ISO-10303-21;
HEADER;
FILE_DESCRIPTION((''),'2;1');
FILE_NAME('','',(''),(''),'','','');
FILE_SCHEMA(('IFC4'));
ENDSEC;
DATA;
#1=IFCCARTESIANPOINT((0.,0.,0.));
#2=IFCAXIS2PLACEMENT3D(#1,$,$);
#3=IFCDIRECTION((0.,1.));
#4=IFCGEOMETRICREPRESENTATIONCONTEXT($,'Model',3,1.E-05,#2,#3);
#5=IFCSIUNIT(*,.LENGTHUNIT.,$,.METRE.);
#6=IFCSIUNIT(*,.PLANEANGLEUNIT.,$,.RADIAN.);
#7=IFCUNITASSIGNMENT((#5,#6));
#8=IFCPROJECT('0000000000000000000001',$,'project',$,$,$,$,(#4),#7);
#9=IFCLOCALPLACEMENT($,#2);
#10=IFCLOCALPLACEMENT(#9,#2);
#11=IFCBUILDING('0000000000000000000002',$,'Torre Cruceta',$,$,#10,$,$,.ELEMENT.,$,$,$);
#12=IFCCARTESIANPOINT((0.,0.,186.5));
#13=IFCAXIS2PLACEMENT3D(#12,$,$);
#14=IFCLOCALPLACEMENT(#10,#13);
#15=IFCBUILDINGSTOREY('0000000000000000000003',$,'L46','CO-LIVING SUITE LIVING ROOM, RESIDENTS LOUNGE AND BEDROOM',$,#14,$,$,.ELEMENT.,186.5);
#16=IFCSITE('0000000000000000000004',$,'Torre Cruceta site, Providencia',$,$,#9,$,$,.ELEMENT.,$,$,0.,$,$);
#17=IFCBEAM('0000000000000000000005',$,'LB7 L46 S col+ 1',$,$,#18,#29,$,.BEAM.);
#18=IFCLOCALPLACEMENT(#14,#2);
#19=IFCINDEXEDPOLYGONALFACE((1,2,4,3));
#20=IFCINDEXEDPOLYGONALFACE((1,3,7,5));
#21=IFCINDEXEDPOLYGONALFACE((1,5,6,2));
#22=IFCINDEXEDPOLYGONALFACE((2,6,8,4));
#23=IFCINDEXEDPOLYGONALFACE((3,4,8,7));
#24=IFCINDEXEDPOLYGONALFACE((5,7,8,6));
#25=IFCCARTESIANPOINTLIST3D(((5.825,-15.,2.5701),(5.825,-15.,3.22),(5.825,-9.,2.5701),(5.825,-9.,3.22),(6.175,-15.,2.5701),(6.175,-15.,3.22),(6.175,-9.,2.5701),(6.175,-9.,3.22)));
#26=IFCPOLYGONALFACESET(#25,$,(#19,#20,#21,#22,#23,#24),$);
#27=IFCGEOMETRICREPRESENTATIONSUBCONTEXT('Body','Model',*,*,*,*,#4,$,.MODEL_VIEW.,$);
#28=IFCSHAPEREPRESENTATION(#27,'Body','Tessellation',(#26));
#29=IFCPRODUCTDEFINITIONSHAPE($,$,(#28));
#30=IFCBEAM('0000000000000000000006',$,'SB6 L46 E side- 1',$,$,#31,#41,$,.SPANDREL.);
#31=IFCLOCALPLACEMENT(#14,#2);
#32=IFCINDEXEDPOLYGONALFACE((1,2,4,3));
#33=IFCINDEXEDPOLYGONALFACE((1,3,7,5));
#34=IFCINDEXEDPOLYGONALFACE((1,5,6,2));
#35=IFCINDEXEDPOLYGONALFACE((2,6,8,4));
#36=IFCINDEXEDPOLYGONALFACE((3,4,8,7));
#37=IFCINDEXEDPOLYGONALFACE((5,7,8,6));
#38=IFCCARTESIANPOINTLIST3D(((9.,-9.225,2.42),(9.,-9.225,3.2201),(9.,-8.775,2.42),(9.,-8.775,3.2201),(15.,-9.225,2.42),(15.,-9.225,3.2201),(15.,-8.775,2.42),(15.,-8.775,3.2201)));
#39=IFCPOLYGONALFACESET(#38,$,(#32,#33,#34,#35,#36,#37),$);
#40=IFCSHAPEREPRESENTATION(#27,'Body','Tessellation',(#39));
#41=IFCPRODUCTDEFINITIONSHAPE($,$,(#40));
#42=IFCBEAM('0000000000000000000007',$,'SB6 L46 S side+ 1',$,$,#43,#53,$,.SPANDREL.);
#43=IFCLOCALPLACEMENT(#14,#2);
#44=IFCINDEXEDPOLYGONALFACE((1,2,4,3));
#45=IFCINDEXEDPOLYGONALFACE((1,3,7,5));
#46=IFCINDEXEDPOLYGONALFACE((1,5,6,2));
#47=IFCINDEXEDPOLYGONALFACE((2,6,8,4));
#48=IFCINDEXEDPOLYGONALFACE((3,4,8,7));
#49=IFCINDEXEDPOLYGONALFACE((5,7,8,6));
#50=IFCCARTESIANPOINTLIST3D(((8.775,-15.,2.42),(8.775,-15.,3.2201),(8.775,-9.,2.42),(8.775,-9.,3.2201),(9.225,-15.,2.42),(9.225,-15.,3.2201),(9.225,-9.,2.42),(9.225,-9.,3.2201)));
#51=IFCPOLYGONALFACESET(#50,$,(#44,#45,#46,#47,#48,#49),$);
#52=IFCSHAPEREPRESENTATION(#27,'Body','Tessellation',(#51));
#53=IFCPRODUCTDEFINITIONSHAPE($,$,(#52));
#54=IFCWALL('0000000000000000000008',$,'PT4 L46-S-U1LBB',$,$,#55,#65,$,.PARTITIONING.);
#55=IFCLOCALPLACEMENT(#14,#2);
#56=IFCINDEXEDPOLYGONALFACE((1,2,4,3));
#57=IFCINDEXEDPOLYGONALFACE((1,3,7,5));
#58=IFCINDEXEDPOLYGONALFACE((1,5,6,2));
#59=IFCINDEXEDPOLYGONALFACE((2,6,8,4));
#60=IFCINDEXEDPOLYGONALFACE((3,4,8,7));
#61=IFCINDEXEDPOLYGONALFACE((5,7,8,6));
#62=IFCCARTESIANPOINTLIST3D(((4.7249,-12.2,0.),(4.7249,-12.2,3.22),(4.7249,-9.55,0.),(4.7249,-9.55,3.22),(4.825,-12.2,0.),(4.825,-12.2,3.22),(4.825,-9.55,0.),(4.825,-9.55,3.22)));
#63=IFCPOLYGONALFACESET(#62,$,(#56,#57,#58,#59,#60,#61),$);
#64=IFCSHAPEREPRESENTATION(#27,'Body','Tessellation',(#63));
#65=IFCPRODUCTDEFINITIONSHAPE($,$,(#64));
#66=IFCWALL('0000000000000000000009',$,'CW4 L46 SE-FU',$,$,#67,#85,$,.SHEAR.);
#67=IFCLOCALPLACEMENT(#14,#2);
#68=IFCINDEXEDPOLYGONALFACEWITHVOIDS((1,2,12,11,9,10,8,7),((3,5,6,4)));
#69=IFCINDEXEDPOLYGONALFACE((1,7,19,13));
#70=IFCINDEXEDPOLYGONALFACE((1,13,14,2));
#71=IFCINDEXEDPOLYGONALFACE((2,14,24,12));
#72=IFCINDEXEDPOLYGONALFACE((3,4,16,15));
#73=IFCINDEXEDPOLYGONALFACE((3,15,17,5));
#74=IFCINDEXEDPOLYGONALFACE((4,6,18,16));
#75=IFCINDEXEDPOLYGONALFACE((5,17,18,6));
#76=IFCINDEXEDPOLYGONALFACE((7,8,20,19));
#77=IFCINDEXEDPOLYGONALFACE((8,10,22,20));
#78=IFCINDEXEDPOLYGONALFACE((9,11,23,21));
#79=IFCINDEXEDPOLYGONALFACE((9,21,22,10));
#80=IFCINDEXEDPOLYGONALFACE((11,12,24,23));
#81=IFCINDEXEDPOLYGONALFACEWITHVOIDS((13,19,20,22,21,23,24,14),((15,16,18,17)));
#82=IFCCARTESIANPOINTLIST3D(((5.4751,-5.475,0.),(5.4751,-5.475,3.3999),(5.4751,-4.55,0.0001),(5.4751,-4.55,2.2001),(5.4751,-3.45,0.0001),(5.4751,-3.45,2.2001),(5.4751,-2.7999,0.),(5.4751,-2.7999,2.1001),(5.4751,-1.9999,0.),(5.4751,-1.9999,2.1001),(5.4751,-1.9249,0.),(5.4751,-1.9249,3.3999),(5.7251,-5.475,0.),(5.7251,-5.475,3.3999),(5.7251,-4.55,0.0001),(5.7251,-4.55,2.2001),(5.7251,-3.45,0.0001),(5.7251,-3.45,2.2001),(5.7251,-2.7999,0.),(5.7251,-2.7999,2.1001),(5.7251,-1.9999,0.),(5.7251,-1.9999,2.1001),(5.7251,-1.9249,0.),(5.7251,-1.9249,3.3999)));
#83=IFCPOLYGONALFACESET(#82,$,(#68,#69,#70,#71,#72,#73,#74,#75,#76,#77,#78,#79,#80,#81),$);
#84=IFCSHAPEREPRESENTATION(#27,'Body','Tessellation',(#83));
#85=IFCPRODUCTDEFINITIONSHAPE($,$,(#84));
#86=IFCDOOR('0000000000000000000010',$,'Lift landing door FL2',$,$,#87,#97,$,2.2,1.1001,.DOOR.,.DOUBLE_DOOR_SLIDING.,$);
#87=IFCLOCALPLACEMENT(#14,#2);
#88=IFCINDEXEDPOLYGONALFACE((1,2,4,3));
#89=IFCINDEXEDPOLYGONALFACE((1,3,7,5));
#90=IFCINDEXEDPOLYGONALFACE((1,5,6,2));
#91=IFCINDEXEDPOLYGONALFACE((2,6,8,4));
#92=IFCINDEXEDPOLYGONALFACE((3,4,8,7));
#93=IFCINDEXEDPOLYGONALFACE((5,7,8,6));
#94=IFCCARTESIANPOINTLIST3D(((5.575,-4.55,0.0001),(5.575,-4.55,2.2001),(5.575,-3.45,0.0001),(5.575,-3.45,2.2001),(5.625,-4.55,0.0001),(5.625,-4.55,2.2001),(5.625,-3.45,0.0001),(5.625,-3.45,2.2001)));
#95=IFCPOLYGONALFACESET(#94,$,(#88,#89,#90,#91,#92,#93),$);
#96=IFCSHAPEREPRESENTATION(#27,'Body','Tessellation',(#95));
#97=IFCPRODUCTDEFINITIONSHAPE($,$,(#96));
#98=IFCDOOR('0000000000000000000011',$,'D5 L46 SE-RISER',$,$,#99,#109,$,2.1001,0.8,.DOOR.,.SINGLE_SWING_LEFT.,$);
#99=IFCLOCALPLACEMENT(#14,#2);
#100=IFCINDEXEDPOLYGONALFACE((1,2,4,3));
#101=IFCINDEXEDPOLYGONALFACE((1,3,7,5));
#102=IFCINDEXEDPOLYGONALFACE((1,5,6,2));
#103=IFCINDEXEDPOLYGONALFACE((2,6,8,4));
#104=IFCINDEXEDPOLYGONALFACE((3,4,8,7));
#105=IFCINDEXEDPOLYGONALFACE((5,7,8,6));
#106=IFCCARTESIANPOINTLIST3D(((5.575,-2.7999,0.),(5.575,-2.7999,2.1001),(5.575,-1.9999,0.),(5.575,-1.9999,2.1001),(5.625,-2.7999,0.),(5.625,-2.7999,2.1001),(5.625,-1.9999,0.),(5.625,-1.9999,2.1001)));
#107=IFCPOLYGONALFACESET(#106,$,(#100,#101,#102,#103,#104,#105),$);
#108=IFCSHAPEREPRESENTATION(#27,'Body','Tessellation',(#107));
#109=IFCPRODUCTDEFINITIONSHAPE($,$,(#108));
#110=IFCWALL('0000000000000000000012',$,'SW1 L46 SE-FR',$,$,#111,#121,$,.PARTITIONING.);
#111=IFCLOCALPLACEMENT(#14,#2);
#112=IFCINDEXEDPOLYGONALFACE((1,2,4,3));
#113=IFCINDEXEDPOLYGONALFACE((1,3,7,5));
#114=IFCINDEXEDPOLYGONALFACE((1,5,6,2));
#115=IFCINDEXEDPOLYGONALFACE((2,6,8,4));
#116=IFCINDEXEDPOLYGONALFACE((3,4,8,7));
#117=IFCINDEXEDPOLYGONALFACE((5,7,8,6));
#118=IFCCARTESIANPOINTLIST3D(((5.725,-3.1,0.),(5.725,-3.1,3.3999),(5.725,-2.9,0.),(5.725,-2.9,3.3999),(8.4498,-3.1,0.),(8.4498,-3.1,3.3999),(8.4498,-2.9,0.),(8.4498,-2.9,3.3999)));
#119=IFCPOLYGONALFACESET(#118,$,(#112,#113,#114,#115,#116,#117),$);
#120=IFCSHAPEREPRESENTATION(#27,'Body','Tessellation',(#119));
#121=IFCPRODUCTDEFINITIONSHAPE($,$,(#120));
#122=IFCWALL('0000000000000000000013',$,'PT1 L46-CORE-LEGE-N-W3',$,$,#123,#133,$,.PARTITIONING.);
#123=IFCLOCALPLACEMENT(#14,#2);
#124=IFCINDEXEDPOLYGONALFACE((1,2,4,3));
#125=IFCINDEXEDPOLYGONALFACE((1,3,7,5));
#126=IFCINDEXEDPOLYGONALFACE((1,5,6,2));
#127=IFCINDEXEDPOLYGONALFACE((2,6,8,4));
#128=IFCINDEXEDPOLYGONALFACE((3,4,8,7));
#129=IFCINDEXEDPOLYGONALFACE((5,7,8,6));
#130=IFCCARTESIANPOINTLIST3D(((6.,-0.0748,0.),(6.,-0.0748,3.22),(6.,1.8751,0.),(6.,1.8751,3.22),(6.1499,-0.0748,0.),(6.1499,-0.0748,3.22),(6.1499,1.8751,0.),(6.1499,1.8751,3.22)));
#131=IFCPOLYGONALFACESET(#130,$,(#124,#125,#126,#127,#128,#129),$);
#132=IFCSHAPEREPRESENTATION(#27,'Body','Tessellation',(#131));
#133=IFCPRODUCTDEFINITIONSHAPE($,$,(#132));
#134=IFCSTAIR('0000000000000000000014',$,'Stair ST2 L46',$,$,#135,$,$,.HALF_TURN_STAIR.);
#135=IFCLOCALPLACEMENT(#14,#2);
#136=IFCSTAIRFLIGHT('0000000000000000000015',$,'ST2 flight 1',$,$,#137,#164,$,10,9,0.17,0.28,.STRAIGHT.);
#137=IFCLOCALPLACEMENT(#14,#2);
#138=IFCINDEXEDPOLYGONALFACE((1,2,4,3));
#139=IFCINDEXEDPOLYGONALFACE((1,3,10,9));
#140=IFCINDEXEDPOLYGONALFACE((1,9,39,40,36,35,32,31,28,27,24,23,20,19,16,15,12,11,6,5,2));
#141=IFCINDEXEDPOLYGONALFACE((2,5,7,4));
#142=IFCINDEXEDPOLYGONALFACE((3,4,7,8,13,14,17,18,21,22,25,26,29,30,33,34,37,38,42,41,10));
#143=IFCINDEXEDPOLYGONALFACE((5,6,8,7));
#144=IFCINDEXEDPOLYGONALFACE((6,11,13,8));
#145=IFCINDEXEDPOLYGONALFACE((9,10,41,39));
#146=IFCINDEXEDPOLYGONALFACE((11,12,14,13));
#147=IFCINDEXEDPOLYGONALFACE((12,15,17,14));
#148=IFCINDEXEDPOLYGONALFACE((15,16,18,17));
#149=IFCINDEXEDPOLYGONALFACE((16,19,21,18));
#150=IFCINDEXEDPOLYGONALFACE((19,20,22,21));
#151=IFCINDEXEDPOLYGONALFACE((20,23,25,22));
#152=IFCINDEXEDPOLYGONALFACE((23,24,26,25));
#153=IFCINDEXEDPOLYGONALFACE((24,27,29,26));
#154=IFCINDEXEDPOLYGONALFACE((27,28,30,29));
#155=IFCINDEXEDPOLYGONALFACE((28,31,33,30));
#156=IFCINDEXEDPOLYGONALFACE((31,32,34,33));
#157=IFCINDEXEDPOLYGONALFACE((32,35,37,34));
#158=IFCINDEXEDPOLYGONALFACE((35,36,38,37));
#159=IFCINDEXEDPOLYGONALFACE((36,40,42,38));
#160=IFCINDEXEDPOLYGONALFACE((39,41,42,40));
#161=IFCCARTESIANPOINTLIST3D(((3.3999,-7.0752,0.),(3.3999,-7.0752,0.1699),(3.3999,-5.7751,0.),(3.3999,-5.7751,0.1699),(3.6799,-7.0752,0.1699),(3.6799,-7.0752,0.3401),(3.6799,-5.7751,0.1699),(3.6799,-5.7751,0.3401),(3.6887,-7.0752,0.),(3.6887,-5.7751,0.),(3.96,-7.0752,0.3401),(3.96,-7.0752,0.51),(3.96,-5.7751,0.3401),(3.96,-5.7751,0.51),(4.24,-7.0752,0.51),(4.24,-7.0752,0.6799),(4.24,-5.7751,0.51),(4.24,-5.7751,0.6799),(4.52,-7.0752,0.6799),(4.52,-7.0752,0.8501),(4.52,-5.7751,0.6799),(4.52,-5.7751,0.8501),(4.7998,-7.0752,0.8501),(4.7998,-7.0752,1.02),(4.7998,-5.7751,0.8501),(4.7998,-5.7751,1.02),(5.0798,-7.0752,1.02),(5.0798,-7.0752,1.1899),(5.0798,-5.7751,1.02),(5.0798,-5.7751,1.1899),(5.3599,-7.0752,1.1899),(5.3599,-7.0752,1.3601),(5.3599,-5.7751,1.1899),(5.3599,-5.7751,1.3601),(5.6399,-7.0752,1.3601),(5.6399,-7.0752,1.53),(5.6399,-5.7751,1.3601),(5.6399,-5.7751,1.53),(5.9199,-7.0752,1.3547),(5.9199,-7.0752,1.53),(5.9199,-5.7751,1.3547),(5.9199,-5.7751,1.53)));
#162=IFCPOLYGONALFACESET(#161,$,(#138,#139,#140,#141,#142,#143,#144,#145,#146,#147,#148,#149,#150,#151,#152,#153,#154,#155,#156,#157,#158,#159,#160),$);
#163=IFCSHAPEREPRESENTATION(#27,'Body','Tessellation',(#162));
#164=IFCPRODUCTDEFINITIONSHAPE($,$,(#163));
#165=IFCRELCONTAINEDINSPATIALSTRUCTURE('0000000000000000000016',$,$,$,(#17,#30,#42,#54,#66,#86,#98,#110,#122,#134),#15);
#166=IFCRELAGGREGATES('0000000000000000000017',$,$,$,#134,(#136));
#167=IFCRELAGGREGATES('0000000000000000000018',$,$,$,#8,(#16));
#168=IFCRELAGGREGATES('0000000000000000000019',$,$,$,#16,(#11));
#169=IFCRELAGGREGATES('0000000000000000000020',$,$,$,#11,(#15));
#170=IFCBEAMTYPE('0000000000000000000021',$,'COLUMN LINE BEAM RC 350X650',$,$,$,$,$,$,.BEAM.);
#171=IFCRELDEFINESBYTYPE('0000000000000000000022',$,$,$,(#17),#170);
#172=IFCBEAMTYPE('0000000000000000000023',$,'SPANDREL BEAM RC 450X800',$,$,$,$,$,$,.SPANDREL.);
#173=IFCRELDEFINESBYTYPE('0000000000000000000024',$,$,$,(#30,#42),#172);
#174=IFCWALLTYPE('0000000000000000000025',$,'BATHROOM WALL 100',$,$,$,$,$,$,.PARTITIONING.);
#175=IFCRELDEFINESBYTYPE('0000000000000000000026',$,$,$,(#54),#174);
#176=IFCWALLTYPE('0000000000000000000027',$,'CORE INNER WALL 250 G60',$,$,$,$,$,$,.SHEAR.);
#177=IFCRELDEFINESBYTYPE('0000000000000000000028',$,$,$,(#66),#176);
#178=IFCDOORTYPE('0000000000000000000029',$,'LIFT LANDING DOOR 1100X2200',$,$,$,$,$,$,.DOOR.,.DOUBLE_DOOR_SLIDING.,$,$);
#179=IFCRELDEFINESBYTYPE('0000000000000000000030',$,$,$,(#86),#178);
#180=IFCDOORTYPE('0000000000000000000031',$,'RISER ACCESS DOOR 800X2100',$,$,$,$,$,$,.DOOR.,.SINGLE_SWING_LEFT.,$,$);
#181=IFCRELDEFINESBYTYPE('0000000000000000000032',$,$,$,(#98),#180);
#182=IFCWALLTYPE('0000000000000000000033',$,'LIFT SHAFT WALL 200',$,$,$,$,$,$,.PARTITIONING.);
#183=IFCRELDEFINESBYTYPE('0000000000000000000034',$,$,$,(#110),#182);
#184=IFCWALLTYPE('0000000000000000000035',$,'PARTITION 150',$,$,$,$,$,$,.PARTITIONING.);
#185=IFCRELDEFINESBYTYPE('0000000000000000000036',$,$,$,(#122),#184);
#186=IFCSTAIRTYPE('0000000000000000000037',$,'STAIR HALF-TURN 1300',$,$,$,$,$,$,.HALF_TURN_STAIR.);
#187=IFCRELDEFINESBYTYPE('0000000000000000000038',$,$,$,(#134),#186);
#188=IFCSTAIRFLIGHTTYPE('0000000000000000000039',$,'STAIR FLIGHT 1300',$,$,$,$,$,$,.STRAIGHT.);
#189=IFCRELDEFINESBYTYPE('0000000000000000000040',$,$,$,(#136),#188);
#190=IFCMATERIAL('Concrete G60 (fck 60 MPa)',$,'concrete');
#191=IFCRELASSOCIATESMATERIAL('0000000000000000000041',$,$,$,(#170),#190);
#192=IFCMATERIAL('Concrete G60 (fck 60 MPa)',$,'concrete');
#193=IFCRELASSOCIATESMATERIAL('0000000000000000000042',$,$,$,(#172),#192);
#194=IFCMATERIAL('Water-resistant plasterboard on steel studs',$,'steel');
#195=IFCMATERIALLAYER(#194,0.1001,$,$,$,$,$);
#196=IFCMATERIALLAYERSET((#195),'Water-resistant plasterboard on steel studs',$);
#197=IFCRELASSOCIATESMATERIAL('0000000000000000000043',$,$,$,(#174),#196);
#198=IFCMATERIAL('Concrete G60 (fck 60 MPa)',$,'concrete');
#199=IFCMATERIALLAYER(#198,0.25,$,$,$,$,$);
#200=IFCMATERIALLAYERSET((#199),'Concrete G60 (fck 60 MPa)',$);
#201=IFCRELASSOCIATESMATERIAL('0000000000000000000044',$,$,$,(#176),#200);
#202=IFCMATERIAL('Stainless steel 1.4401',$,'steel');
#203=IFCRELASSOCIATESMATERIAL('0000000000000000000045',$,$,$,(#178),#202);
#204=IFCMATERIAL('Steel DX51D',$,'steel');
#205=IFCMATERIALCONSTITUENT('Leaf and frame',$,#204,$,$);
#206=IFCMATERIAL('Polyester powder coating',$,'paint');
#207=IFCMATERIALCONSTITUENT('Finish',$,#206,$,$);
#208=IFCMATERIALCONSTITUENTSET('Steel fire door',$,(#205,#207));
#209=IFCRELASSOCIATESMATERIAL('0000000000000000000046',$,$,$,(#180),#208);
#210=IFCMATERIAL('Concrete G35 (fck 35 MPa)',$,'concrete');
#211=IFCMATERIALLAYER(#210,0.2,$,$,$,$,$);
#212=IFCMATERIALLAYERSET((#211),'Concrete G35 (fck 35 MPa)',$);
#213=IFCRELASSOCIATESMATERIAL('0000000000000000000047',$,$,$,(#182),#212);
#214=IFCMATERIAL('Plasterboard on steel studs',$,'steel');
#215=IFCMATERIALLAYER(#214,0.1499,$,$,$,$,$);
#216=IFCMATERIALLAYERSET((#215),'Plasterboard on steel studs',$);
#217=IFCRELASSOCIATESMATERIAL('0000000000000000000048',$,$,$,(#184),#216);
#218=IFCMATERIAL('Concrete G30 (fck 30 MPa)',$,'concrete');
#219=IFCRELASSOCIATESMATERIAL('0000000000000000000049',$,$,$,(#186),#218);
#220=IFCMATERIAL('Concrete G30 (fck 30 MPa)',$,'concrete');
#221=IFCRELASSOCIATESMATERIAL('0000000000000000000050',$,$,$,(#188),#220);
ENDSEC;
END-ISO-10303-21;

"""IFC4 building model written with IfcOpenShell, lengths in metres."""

from ifc_helpers import new_model, si_unit, direction, frame, frame_2d, origin, origin_2d, place, context, subcontext, project, spatial, polyline, rectangle, outline, extrude, material, layer, layer_set, constituent, constituent_set, material_profile, profile_set, type_object, element, fill, aggregate, save


model = new_model("IFC4")

# Units and contexts
model_context = context("Model", 3, precision=1e-05, world=origin(), true_north=direction((0.0, 1.0)))
body_context = subcontext(model_context, "Body", "Model", "MODEL_VIEW")
ifc_project = project(units=[si_unit("LENGTHUNIT", "METRE"), si_unit("PLANEANGLEUNIT", "RADIAN")], contexts=[model_context])

# Site, building, storey
site_placement = place(None, origin())
site = spatial("IfcSite", under=ifc_project, at=site_placement, Name="Torre Cruceta site, Providencia", CompositionType="ELEMENT", RefElevation=0.0)
building_placement = place(site_placement, origin())
building = spatial("IfcBuilding", under=site, at=building_placement, Name="Torre Cruceta", CompositionType="ELEMENT")
storey_placement = place(building_placement, frame((0.0, 0.0, 186.5)))
storey = spatial("IfcBuildingStorey", under=building, at=storey_placement, Name="L46", Description="CO-LIVING SUITE LIVING ROOM, RESIDENTS LOUNGE AND BEDROOM", CompositionType="ELEMENT", Elevation=186.5)

# Beams
ifc_material_1 = material(Name="Concrete G60 (fck 60 MPa)", Category="concrete")
ifc_material_profile_1 = material_profile(ifc_material_1, rectangle(XDim=0.3501, YDim=0.6499, at=origin_2d()), Name="RC 350X650")
ifc_profile_set_1 = profile_set([ifc_material_profile_1], Name="Concrete G60 (fck 60 MPa)")
beam_type_1 = type_object("IfcBeamType", Name="COLUMN LINE BEAM RC 350X650", PredefinedType="BEAM", material=ifc_profile_set_1)
beam_placement = place(storey_placement, frame((6.0, -9.0, 2.895), z_axis=(0.0, -1.0, 0.0), x_axis=(1.0, 0.0, 0.0)))
element("IfcBeam", 1, at=beam_placement, inside=storey, type_object=beam_type_1, Name="LB7 L46 S col+ 1", PredefinedType="BEAM", context=body_context, shape_type="SweptSolid", body=[
    extrude(rectangle(XDim=0.3501, YDim=0.6499, at=origin_2d()), origin(), (0.0, 0.0, 1.0), 6.0),
])
ifc_material_2 = material(Name="Concrete G60 (fck 60 MPa)", Category="concrete")
ifc_material_profile_2 = material_profile(ifc_material_2, rectangle(XDim=0.45, YDim=0.8, at=origin_2d()), Name="RC 450X800")
ifc_profile_set_2 = profile_set([ifc_material_profile_2], Name="Concrete G60 (fck 60 MPa)")
beam_type_2 = type_object("IfcBeamType", Name="SPANDREL BEAM RC 450X800", PredefinedType="SPANDREL", material=ifc_profile_set_2)
for number, where, z_axis, x_axis, name in (
    (2, (9.0, -9.0, 2.8201), (1.0, 0.0, 0.0), (0.0, 1.0, 0.0), "SB6 L46 E side- 1"),
    (3, (9.0, -9.0, 2.8201), (0.0, -1.0, 0.0), (1.0, 0.0, 0.0), "SB6 L46 S side+ 1"),
):
    element("IfcBeam", number, at=place(storey_placement, frame(where, z_axis=z_axis, x_axis=x_axis)), inside=storey, type_object=beam_type_2, Name=name, PredefinedType="SPANDREL", context=body_context, shape_type="SweptSolid", body=[
        extrude(rectangle(XDim=0.45, YDim=0.8, at=origin_2d()), origin(), (0.0, 0.0, 1.0), 6.0),
    ])

# Wall
ifc_material_3 = material(Name="Water-resistant plasterboard on steel studs", Category="steel")
ifc_layer_1 = layer(ifc_material_3, 0.1001)
ifc_layer_set_1 = layer_set([ifc_layer_1], Name="Water-resistant plasterboard on steel studs")
wall_type_1 = type_object("IfcWallType", Name="BATHROOM WALL 100", PredefinedType="PARTITIONING", material=ifc_layer_set_1)
wall_1_placement = place(storey_placement, frame((4.7749, -9.55, 0.0), z_axis=(0.0, 0.0, 1.0), x_axis=(0.0, -1.0, 0.0)))
element("IfcWall", 4, at=wall_1_placement, inside=storey, type_object=wall_type_1, Name="PT4 L46-S-U1LBB", PredefinedType="PARTITIONING", context=body_context, shape_type="SweptSolid", body=[
    extrude(rectangle(XDim=2.6499, YDim=0.1001, at=frame_2d((1.325, 0.0))), origin(), (0.0, 0.0, 1.0), 3.22),
])

# Wall, openings, doors
ifc_material_4 = material(Name="Concrete G60 (fck 60 MPa)", Category="concrete")
ifc_layer_2 = layer(ifc_material_4, 0.25)
ifc_layer_set_2 = layer_set([ifc_layer_2], Name="Concrete G60 (fck 60 MPa)")
wall_type_2 = type_object("IfcWallType", Name="CORE INNER WALL 250 G60", PredefinedType="SHEAR", material=ifc_layer_set_2)
wall_2_placement = place(storey_placement, frame((5.6001, -1.925, 0.0), z_axis=(0.0, 0.0, 1.0), x_axis=(0.0, -1.0, 0.0)))
wall_2 = element("IfcWall", 5, at=wall_2_placement, inside=storey, type_object=wall_type_2, Name="CW4 L46 SE-FU", PredefinedType="SHEAR", context=body_context, shape_type="SweptSolid", body=[
    extrude(rectangle(XDim=3.55, YDim=0.25, at=frame_2d((1.7749, 0.0))), origin(), (0.0, 0.0, 1.0), 3.3999),
])
opening_1_placement = place(wall_2_placement, frame((1.5249, 0.0, 0.0)))
opening_1 = element("IfcOpeningElement", 6, at=opening_1_placement, cuts=wall_2, PredefinedType="OPENING", context=body_context, shape_type="SweptSolid", body=[
    extrude(rectangle(XDim=1.1001, YDim=2.2, at=frame_2d((0.55, 1.1001))), frame((0.0, 0.135, 0.0), z_axis=(0.0, -1.0, 0.0), x_axis=(1.0, 0.0, 0.0)), (0.0, 0.0, 1.0), 0.27),
])
opening_2_placement = place(wall_2_placement, frame((0.075, 0.0, 0.0)))
opening_2 = element("IfcOpeningElement", 7, at=opening_2_placement, cuts=wall_2, PredefinedType="OPENING", context=body_context, shape_type="SweptSolid", body=[
    extrude(rectangle(XDim=0.8, YDim=2.1001, at=frame_2d((0.3999, 1.05))), frame((0.0, 0.135, 0.0), z_axis=(0.0, -1.0, 0.0), x_axis=(1.0, 0.0, 0.0)), (0.0, 0.0, 1.0), 0.27),
])
ifc_material_5 = material(Name="Stainless steel 1.4401", Category="steel")
door_type_1 = type_object("IfcDoorType", Name="LIFT LANDING DOOR 1100X2200", OperationType="DOUBLE_DOOR_SLIDING", PredefinedType="DOOR", material=ifc_material_5)
door_1_placement = place(opening_1_placement, origin())
door_1 = element("IfcDoor", 8, at=door_1_placement, inside=storey, type_object=door_type_1, Name="Lift landing door FL2", OperationType="DOUBLE_DOOR_SLIDING", OverallHeight=2.2, OverallWidth=1.1001, PredefinedType="DOOR", context=body_context, shape_type="SweptSolid", body=[
    extrude(rectangle(XDim=1.1001, YDim=2.2, at=frame_2d((0.55, 1.1001))), frame((0.0, 0.0249, 0.0), z_axis=(0.0, -1.0, 0.0), x_axis=(1.0, 0.0, 0.0)), (0.0, 0.0, 1.0), 0.05),
])
fill(opening_1, door_1)
ifc_material_6 = material(Name="Steel DX51D", Category="steel")
ifc_constituent_1 = constituent(ifc_material_6, Name="Leaf and frame")
ifc_material_7 = material(Name="Polyester powder coating", Category="paint")
ifc_constituent_2 = constituent(ifc_material_7, Name="Finish")
ifc_constituent_set_1 = constituent_set(constituents=[ifc_constituent_1, ifc_constituent_2], Name="Steel fire door")
door_type_2 = type_object("IfcDoorType", Name="RISER ACCESS DOOR 800X2100", OperationType="SINGLE_SWING_LEFT", PredefinedType="DOOR", material=ifc_constituent_set_1)
door_2_placement = place(opening_2_placement, origin())
door_2 = element("IfcDoor", 9, at=door_2_placement, inside=storey, type_object=door_type_2, Name="D5 L46 SE-RISER", OperationType="SINGLE_SWING_LEFT", OverallHeight=2.1001, OverallWidth=0.8, PredefinedType="DOOR", context=body_context, shape_type="SweptSolid", body=[
    extrude(rectangle(XDim=0.8, YDim=2.1001, at=frame_2d((0.3999, 1.05))), frame((0.0, 0.0249, 0.0), z_axis=(0.0, -1.0, 0.0), x_axis=(1.0, 0.0, 0.0)), (0.0, 0.0, 1.0), 0.05),
])
fill(opening_2, door_2)

# Walls
ifc_material_8 = material(Name="Concrete G35 (fck 35 MPa)", Category="concrete")
ifc_layer_3 = layer(ifc_material_8, 0.2)
ifc_layer_set_3 = layer_set([ifc_layer_3], Name="Concrete G35 (fck 35 MPa)")
wall_type_3 = type_object("IfcWallType", Name="LIFT SHAFT WALL 200", PredefinedType="PARTITIONING", material=ifc_layer_set_3)
wall_3_placement = place(storey_placement, frame((5.7251, -3.0, 0.0), z_axis=(0.0, 0.0, 1.0), x_axis=(1.0, 0.0, 0.0)))
element("IfcWall", 10, at=wall_3_placement, inside=storey, type_object=wall_type_3, Name="SW1 L46 SE-FR", PredefinedType="PARTITIONING", context=body_context, shape_type="SweptSolid", body=[
    extrude(rectangle(XDim=2.7249, YDim=0.2, at=frame_2d((1.3623, 0.0))), origin(), (0.0, 0.0, 1.0), 3.3999),
])
ifc_material_9 = material(Name="Plasterboard on steel studs", Category="steel")
ifc_layer_4 = layer(ifc_material_9, 0.1499)
ifc_layer_set_4 = layer_set([ifc_layer_4], Name="Plasterboard on steel studs")
wall_type_4 = type_object("IfcWallType", Name="PARTITION 150", PredefinedType="PARTITIONING", material=ifc_layer_set_4)
wall_4_placement = place(storey_placement, frame((6.075, -0.075, 0.0), z_axis=(0.0, 0.0, 1.0), x_axis=(0.0, 1.0, 0.0)))
element("IfcWall", 11, at=wall_4_placement, inside=storey, type_object=wall_type_4, Name="PT1 L46-CORE-LEGE-N-W3", PredefinedType="PARTITIONING", context=body_context, shape_type="SweptSolid", body=[
    extrude(rectangle(XDim=1.95, YDim=0.1499, at=frame_2d((0.9751, 0.0))), origin(), (0.0, 0.0, 1.0), 3.22),
])

# Stair, stair flight
ifc_material_10 = material(Name="Concrete G30 (fck 30 MPa)", Category="concrete")
stair_type = type_object("IfcStairType", Name="STAIR HALF-TURN 1300", PredefinedType="HALF_TURN_STAIR", material=ifc_material_10)
stair_placement = place(storey_placement, origin())
stair = element("IfcStair", 12, at=stair_placement, inside=storey, type_object=stair_type, Name="Stair ST2 L46", PredefinedType="HALF_TURN_STAIR")
ifc_material_11 = material(Name="Concrete G30 (fck 30 MPa)", Category="concrete")
stair_flight_type = type_object("IfcStairFlightType", Name="STAIR FLIGHT 1300", PredefinedType="STRAIGHT", material=ifc_material_11)
stair_flight_1_placement = place(storey_placement, frame((3.3999, -6.425, 0.0), z_axis=(0.0, 0.0, 1.0), x_axis=(1.0, 0.0, 0.0)))
stair_flight_1 = element("IfcStairFlight", 13, at=stair_flight_1_placement, type_object=stair_flight_type, Name="ST2 flight 1", NumberOfRisers=10, NumberOfTreads=9, PredefinedType="STRAIGHT", RiserHeight=0.17, TreadLength=0.28, context=body_context, shape_type="SweptSolid", body=[
    extrude(outline(polyline([(0.0, 0.0), (0.0, 0.1699), (0.28, 0.1699), (0.28, 0.3401), (0.5601, 0.3401), (0.5601, 0.51), (0.8401, 0.51), (0.8401, 0.6799), (1.1201, 0.6799), (1.1201, 0.8501), (1.3999, 0.8501), (1.3999, 1.02), (1.6799, 1.02), (1.6799, 1.1899), (1.96, 1.1899), (1.96, 1.3601), (2.24, 1.3601), (2.24, 1.53), (2.52, 1.53), (2.52, 1.7), (2.52, 1.3547), (0.2888, 0.0), (0.0, 0.0)])), frame((0.0, 0.6499, 0.0), z_axis=(0.0, -1.0, 0.0), x_axis=(1.0, 0.0, 0.0)), (0.0, 0.0, 1.0), 1.3),
])
aggregate(stair, [stair_flight_1])

save(model, "model.ifc")
